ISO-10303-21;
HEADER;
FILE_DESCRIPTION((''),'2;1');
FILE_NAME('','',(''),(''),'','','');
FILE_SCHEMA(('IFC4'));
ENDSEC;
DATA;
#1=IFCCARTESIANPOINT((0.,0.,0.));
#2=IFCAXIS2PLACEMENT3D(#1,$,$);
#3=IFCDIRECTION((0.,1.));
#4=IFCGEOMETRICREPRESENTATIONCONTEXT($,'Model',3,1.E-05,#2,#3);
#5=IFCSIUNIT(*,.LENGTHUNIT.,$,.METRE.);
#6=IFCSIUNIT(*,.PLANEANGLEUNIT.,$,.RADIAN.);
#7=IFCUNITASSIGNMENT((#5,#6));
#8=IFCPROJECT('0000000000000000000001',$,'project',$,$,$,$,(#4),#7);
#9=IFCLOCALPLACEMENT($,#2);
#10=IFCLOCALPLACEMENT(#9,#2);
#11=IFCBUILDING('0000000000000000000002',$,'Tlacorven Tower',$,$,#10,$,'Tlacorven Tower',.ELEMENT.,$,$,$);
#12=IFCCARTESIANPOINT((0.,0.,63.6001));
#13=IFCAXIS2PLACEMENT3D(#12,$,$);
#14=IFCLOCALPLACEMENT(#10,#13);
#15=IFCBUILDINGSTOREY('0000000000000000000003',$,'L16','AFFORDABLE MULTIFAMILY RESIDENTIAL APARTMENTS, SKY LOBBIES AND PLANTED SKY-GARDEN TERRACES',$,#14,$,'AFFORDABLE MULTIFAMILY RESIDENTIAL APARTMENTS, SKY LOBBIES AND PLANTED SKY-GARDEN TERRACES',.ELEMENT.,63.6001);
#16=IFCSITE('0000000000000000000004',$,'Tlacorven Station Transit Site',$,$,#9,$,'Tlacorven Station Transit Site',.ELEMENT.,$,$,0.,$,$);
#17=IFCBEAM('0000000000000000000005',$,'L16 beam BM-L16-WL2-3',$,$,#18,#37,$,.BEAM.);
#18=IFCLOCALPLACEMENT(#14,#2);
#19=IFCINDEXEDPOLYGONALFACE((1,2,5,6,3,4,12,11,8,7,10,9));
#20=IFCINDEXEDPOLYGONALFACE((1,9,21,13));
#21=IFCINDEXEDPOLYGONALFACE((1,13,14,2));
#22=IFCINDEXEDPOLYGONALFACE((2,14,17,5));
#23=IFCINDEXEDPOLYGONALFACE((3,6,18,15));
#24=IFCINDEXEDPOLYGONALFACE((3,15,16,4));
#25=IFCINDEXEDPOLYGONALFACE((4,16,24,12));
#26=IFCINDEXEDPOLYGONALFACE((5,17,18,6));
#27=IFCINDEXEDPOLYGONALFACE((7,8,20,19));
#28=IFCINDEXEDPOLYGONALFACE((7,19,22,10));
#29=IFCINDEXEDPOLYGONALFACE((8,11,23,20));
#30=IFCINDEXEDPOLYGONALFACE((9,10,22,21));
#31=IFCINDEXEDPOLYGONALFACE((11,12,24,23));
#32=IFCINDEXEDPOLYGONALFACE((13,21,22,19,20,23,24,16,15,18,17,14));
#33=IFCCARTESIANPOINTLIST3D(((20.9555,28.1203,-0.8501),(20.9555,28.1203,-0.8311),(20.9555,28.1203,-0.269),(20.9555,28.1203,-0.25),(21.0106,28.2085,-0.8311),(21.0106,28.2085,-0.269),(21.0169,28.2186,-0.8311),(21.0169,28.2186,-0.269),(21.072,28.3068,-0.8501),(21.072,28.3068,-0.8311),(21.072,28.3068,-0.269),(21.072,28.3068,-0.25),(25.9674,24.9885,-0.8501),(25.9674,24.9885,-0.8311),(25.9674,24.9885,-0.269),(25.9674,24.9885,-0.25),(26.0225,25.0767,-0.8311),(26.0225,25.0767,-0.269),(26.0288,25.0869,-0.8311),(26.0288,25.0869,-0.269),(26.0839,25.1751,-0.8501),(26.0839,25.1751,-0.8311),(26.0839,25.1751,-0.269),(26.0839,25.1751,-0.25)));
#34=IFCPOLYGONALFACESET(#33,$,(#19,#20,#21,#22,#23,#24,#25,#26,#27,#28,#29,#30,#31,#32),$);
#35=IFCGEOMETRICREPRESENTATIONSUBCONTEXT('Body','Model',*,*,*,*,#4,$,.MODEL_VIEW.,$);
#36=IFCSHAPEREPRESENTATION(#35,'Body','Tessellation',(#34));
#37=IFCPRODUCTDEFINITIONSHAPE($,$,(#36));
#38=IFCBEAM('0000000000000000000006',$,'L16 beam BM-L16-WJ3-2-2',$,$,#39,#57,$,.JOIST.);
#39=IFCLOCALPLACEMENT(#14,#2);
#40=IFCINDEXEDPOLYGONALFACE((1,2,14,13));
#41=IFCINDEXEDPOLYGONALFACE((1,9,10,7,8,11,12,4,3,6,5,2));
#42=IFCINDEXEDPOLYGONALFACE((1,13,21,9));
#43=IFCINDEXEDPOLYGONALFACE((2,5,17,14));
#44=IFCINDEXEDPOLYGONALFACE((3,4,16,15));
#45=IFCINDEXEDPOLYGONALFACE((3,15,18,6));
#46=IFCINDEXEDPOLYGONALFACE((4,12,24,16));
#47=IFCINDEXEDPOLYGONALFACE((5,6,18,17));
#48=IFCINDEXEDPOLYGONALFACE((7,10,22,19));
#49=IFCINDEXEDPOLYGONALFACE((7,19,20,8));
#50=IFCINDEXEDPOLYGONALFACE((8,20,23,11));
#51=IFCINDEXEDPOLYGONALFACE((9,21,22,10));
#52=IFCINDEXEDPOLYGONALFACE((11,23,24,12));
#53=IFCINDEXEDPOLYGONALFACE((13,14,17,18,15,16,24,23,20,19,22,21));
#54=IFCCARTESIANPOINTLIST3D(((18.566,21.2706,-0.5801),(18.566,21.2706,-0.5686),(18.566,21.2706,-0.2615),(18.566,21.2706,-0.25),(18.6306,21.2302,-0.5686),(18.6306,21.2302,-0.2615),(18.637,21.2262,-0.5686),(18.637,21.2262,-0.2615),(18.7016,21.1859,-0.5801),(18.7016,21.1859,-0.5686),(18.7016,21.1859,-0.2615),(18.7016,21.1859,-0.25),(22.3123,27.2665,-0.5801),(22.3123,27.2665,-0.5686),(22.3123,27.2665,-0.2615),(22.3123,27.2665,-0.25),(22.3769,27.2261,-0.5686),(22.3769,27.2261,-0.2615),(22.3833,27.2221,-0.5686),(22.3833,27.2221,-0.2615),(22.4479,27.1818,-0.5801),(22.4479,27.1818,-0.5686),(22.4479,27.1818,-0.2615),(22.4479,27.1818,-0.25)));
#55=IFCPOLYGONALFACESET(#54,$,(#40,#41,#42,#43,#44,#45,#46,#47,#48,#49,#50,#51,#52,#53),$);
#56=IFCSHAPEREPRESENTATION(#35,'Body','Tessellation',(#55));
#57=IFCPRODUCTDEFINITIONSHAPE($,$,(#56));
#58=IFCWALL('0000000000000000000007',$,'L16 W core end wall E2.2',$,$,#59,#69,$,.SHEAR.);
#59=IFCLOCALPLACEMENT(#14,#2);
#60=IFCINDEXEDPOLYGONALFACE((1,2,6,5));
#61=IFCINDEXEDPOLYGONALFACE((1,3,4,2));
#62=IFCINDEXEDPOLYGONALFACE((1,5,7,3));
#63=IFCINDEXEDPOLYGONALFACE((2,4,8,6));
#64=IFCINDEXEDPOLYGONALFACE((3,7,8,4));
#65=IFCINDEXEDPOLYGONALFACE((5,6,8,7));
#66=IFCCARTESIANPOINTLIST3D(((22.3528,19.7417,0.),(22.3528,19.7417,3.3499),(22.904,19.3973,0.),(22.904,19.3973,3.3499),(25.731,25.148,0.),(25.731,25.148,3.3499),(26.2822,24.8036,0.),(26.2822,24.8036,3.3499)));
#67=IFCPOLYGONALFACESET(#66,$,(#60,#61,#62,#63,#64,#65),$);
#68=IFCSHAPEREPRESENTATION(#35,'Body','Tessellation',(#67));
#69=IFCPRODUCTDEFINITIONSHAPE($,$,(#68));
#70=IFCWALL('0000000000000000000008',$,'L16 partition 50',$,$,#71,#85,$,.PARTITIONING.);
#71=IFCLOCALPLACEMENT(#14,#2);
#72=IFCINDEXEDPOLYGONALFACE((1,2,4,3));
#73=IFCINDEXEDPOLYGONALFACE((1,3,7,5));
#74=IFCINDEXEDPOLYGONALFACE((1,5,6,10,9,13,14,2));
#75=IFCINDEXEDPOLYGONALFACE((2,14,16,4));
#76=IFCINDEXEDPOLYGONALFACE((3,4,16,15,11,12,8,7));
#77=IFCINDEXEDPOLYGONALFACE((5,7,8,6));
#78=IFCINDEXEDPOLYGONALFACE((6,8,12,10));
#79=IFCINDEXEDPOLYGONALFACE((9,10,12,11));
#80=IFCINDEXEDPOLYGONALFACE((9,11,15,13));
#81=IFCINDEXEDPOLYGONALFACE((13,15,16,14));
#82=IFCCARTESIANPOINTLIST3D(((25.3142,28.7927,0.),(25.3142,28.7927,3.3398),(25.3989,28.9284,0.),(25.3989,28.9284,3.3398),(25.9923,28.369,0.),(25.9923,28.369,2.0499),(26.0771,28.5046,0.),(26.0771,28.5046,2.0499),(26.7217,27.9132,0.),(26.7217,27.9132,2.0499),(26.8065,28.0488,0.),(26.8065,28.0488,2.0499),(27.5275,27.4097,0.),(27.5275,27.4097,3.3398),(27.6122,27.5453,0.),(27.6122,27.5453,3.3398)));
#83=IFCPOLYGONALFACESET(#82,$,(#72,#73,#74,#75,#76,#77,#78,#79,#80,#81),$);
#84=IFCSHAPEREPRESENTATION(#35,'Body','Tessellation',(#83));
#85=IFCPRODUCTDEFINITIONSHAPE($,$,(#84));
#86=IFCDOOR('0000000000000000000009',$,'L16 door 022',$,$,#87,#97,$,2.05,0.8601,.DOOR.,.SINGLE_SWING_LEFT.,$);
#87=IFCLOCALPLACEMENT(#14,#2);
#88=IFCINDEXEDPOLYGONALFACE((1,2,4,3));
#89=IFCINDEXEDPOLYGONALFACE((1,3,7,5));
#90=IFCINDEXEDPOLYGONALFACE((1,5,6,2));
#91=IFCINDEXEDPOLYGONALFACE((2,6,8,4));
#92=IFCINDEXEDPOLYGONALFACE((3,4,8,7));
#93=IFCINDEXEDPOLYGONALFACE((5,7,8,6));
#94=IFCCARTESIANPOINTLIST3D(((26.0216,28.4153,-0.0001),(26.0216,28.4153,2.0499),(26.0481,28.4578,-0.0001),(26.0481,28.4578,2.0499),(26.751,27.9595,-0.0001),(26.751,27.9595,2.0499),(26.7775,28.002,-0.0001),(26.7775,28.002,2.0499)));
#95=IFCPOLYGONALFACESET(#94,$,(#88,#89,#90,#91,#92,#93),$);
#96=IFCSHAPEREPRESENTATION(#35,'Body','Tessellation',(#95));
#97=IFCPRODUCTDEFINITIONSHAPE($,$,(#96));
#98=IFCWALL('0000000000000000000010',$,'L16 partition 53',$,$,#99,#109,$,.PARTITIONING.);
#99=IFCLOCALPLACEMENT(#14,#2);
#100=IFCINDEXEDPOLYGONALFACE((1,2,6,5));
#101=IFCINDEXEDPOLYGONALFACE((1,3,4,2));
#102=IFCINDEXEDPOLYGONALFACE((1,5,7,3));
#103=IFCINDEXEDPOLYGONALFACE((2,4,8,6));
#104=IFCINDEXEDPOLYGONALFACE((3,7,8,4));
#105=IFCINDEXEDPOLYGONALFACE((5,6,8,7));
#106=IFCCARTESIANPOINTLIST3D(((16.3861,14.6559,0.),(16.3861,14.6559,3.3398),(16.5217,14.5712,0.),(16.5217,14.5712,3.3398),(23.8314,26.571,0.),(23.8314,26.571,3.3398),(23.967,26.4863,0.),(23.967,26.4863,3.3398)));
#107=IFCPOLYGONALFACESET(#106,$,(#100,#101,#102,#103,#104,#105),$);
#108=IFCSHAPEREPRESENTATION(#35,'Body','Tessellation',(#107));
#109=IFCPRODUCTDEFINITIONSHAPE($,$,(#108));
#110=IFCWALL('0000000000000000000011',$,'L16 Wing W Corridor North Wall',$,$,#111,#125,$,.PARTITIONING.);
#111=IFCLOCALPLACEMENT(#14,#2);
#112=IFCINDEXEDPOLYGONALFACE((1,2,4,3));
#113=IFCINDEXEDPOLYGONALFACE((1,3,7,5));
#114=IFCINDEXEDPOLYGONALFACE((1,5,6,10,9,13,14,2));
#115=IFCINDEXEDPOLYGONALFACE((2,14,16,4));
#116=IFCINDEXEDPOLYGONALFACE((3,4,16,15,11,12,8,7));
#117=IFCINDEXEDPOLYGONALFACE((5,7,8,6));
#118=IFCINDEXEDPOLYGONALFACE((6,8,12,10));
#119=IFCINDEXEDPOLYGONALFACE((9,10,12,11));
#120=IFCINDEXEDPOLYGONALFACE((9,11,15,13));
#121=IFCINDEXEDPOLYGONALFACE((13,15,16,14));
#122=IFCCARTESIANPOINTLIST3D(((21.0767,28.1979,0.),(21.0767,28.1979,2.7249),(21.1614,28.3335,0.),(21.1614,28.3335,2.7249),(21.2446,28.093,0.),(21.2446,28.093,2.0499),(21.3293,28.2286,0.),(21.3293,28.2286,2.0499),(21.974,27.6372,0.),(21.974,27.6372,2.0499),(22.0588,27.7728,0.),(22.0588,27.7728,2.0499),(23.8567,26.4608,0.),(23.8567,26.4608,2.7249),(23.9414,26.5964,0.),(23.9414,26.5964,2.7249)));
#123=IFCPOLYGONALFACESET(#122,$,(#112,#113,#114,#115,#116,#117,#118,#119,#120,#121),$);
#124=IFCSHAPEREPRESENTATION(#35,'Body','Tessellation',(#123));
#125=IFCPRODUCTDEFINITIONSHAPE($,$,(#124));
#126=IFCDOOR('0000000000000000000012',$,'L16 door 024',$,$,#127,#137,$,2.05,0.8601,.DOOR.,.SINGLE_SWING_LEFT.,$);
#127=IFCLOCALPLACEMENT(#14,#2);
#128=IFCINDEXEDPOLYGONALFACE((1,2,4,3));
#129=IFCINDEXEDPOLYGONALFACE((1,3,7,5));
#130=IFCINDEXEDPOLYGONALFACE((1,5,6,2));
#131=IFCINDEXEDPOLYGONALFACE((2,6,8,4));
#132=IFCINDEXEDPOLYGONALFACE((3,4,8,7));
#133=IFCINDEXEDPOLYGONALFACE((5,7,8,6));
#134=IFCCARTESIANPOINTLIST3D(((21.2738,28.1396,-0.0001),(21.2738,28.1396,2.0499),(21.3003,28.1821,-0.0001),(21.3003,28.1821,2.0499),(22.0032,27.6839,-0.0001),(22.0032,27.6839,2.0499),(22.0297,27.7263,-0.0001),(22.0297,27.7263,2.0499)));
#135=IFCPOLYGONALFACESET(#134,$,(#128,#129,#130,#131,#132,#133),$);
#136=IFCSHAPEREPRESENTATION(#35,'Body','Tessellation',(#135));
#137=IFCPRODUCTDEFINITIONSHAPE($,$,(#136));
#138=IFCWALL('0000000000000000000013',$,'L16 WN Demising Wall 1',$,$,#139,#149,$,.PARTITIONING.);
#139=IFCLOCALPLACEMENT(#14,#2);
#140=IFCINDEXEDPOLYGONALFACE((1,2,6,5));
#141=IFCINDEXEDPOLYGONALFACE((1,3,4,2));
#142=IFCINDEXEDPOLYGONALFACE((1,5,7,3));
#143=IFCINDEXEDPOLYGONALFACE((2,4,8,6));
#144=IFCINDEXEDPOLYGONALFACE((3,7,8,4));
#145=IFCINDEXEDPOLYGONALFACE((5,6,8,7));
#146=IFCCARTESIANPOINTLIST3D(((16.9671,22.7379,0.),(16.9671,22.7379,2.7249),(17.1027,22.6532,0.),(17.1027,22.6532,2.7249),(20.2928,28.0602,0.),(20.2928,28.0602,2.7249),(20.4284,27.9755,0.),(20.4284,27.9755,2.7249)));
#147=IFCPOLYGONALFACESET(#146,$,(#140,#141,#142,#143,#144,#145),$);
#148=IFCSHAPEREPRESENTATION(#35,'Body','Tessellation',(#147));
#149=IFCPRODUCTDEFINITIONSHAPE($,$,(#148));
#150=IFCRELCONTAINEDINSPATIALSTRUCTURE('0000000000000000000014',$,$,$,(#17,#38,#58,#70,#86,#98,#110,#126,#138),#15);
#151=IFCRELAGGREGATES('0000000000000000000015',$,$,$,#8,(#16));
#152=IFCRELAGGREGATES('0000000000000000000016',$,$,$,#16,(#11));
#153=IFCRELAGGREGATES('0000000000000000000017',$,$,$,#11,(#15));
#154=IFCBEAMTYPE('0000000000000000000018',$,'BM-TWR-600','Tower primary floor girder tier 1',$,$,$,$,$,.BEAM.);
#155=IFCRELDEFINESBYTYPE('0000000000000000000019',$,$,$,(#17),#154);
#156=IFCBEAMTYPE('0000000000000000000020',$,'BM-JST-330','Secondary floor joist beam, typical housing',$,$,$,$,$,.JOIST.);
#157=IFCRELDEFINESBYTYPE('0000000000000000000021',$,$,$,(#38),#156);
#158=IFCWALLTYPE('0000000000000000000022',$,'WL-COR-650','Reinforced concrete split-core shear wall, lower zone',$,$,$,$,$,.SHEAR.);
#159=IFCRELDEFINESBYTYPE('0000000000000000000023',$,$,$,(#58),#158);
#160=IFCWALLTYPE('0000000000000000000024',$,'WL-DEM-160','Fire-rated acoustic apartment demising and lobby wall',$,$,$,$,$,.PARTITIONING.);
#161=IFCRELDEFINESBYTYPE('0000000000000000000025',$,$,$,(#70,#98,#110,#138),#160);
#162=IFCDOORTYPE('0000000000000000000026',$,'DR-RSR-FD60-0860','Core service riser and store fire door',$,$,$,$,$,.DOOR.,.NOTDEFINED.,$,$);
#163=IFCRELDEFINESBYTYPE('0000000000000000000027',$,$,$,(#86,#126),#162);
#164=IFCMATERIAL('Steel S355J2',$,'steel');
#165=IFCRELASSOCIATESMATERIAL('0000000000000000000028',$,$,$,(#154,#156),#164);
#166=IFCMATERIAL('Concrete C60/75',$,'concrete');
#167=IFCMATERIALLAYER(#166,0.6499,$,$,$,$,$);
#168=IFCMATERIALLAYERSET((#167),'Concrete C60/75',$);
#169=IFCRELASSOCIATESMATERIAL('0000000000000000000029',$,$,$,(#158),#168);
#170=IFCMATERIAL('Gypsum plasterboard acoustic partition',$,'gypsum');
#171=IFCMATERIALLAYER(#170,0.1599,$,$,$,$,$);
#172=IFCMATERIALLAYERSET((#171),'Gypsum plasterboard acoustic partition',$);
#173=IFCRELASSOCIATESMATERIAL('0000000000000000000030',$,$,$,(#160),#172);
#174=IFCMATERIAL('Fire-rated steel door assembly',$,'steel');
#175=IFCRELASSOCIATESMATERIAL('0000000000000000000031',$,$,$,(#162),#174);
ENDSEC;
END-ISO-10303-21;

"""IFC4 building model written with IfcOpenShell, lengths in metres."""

from ifc_helpers import new_model, si_unit, direction, frame, frame_2d, origin, origin_2d, place, context, subcontext, project, spatial, rectangle, i_section, extrude, source, transform, mapped, material, layer, layer_set, material_profile, profile_set, type_object, element, fill, save


model = new_model("IFC4")

# Units and contexts
model_context = context("Model", 3, precision=1e-05, world=origin(), true_north=direction((0.0, 1.0)))
body_context = subcontext(model_context, "Body", "Model", "MODEL_VIEW")
ifc_project = project(units=[si_unit("LENGTHUNIT", "METRE"), si_unit("PLANEANGLEUNIT", "RADIAN")], contexts=[model_context])

# Site, building, storey
site_placement = place(None, origin())
site = spatial("IfcSite", under=ifc_project, at=site_placement, Name="Tlacorven Station Transit Site", LongName="Tlacorven Station Transit Site", CompositionType="ELEMENT", RefElevation=0.0)
building_placement = place(site_placement, origin())
building = spatial("IfcBuilding", under=site, at=building_placement, Name="Tlacorven Tower", LongName="Tlacorven Tower", CompositionType="ELEMENT")
storey_placement = place(building_placement, frame((0.0, 0.0, 63.6001)))
storey = spatial("IfcBuildingStorey", under=building, at=storey_placement, Name="L16", Description="AFFORDABLE MULTIFAMILY RESIDENTIAL APARTMENTS, SKY LOBBIES AND PLANTED SKY-GARDEN TERRACES", LongName="AFFORDABLE MULTIFAMILY RESIDENTIAL APARTMENTS, SKY LOBBIES AND PLANTED SKY-GARDEN TERRACES", CompositionType="ELEMENT", Elevation=63.6001)

# Beams
ifc_material_1 = material(Name="Steel S355J2", Category="steel")
ifc_material_profile_1 = material_profile(ifc_material_1, i_section(OverallWidth=0.22, OverallDepth=0.6001, WebThickness=0.012, FlangeThickness=0.019, at=origin_2d()), Name="IPE 600")
ifc_profile_set_1 = profile_set([ifc_material_profile_1], Name="Steel S355J2")
beam_type_1 = type_object("IfcBeamType", Name="BM-TWR-600", Description="Tower primary floor girder tier 1", PredefinedType="BEAM", material=ifc_profile_set_1)
shared_shape_1 = source(origin(), body_context, "Body", "SweptSolid", [
    extrude(i_section(OverallWidth=0.22, OverallDepth=0.6001, WebThickness=0.012, FlangeThickness=0.019, at=origin_2d()), origin(), (0.0, 0.0, 1.0), 5.9099),
])
beam_1_placement = place(storey_placement, frame((26.0256, 25.0818, -0.55), z_axis=(-0.848047, 0.529921, 0.0), x_axis=(-0.529921, -0.848047, 0.0)))
element("IfcBeam", 1, at=beam_1_placement, inside=storey, type_object=beam_type_1, Name="L16 beam BM-L16-WL2-3", PredefinedType="BEAM", context=body_context, shape_type="MappedRepresentation", body=[
    mapped(shared_shape_1, transform((0.0, 0.0, 0.0), scale=1.0)),
])
ifc_material_profile_2 = material_profile(ifc_material_1, i_section(OverallWidth=0.1599, OverallDepth=0.3301, WebThickness=0.0076, FlangeThickness=0.0115, at=origin_2d()), Name="IPE 330")
ifc_profile_set_2 = profile_set([ifc_material_profile_2], Name="Steel S355J2")
beam_type_2 = type_object("IfcBeamType", Name="BM-JST-330", Description="Secondary floor joist beam, typical housing", PredefinedType="JOIST", material=ifc_profile_set_2)
shared_shape_2 = source(origin(), body_context, "Body", "SweptSolid", [
    extrude(i_section(OverallWidth=0.1599, OverallDepth=0.3301, WebThickness=0.0076, FlangeThickness=0.0115, at=origin_2d()), origin(), (0.0, 0.0, 1.0), 7.0701),
])
beam_2_placement = place(storey_placement, frame((22.3801, 27.2241, -0.415), z_axis=(-0.52989, -0.848066, 0.0), x_axis=(0.848066, -0.52989, 0.0)))
element("IfcBeam", 2, at=beam_2_placement, inside=storey, type_object=beam_type_2, Name="L16 beam BM-L16-WJ3-2-2", PredefinedType="JOIST", context=body_context, shape_type="MappedRepresentation", body=[
    mapped(shared_shape_2, transform((0.0, 0.0, 0.0), scale=1.0)),
])

# Wall
ifc_material_2 = material(Name="Concrete C60/75", Category="concrete")
ifc_layer_1 = layer(ifc_material_2, 0.6499)
ifc_layer_set_1 = layer_set([ifc_layer_1], Name="Concrete C60/75")
wall_type_1 = type_object("IfcWallType", Name="WL-COR-650", Description="Reinforced concrete split-core shear wall, lower zone", PredefinedType="SHEAR", material=ifc_layer_set_1)
wall_1_placement = place(storey_placement, frame((26.0066, 24.9758, 0.0), z_axis=(0.0, 0.0, 1.0), x_axis=(-0.529916, -0.84805, 0.0)))
element("IfcWall", 3, at=wall_1_placement, inside=storey, type_object=wall_type_1, Name="L16 W core end wall E2.2", PredefinedType="SHEAR", context=body_context, shape_type="SweptSolid", body=[
    extrude(rectangle(XDim=6.375, YDim=0.6499, at=frame_2d((3.1875, 0.0))), origin(), (0.0, 0.0, 1.0), 3.3499),
])

# Wall, opening, door
ifc_material_3 = material(Name="Gypsum plasterboard acoustic partition", Category="gypsum")
ifc_layer_2 = layer(ifc_material_3, 0.1599)
ifc_layer_set_2 = layer_set([ifc_layer_2], Name="Gypsum plasterboard acoustic partition")
wall_type_2 = type_object("IfcWallType", Name="WL-DEM-160", Description="Fire-rated acoustic apartment demising and lobby wall", PredefinedType="PARTITIONING", material=ifc_layer_set_2)
wall_2_placement = place(storey_placement, frame((27.5698, 27.4775, 0.0), z_axis=(0.0, 0.0, 1.0), x_axis=(-0.848051, 0.529915, 0.0)))
wall_2 = element("IfcWall", 4, at=wall_2_placement, inside=storey, type_object=wall_type_2, Name="L16 partition 50", PredefinedType="PARTITIONING", context=body_context, shape_type="SweptSolid", body=[
    extrude(rectangle(XDim=2.6099, YDim=0.1599, at=frame_2d((1.3049, 0.0))), origin(), (0.0, 0.0, 1.0), 3.3398),
])
opening_1_placement = place(wall_2_placement, frame((0.95, 0.0, 0.0)))
opening_1 = element("IfcOpeningElement", 5, at=opening_1_placement, cuts=wall_2, PredefinedType="OPENING", context=body_context, shape_type="SweptSolid", body=[
    extrude(rectangle(XDim=0.8601, YDim=2.05, at=frame_2d((0.4302, 1.0249))), frame((0.0, 0.0898, 0.0), z_axis=(0.0, -1.0, 0.0), x_axis=(1.0, 0.0, 0.0)), (0.0, 0.0, 1.0), 0.1799),
])
ifc_material_4 = material(Name="Fire-rated steel door assembly", Category="steel")
door_type_1 = type_object("IfcDoorType", Name="DR-RSR-FD60-0860", Description="Core service riser and store fire door", OperationType="NOTDEFINED", PredefinedType="DOOR", material=ifc_material_4)
shared_shape_3 = source(origin(), body_context, "Body", "SweptSolid", [
    extrude(rectangle(XDim=0.8601, YDim=2.05, at=frame_2d((0.4302, 1.0249))), frame((0.0, 0.0249, 0.0), z_axis=(0.0, -1.0, 0.0), x_axis=(1.0, 0.0, 0.0)), (0.0, 0.0, 1.0), 0.05),
])
door_1_placement = place(opening_1_placement, frame((0.8601, 0.0, 0.0), z_axis=(0.0, 0.0, 1.0), x_axis=(-1.0, 0.0, 0.0)))
door_1 = element("IfcDoor", 6, at=door_1_placement, inside=storey, type_object=door_type_1, Name="L16 door 022", OperationType="SINGLE_SWING_LEFT", OverallHeight=2.05, OverallWidth=0.8601, PredefinedType="DOOR", context=body_context, shape_type="MappedRepresentation", body=[
    mapped(shared_shape_3, transform((0.0, 0.0, 0.0), scale=1.0)),
])
fill(opening_1, door_1)

# Wall
wall_3_placement = place(storey_placement, frame((23.8992, 26.5286, 0.0), z_axis=(0.0, 0.0, 1.0), x_axis=(-0.529918, -0.848049, 0.0)))
element("IfcWall", 7, at=wall_3_placement, inside=storey, type_object=wall_type_2, Name="L16 partition 53", PredefinedType="PARTITIONING", context=body_context, shape_type="SweptSolid", body=[
    extrude(rectangle(XDim=14.05, YDim=0.1599, at=frame_2d((7.0249, 0.0))), origin(), (0.0, 0.0, 1.0), 3.3398),
])

# Wall, opening, door
wall_4_placement = place(storey_placement, frame((23.8992, 26.5286, 0.0), z_axis=(0.0, 0.0, 1.0), x_axis=(-0.848061, 0.529899, 0.0)))
wall_4 = element("IfcWall", 8, at=wall_4_placement, inside=storey, type_object=wall_type_2, Name="L16 Wing W Corridor North Wall", PredefinedType="PARTITIONING", context=body_context, shape_type="SweptSolid", body=[
    extrude(rectangle(XDim=3.2781, YDim=0.1599, at=frame_2d((1.6392, 0.0))), origin(), (0.0, 0.0, 1.0), 2.7249),
])
opening_2_placement = place(wall_4_placement, frame((2.22, 0.0, 0.0)))
opening_2 = element("IfcOpeningElement", 9, at=opening_2_placement, cuts=wall_4, PredefinedType="OPENING", context=body_context, shape_type="SweptSolid", body=[
    extrude(rectangle(XDim=0.8601, YDim=2.05, at=frame_2d((0.4302, 1.0249))), frame((0.0, 0.0898, 0.0), z_axis=(0.0, -1.0, 0.0), x_axis=(1.0, 0.0, 0.0)), (0.0, 0.0, 1.0), 0.1799),
])
door_2_placement = place(opening_2_placement, origin())
door_2 = element("IfcDoor", 10, at=door_2_placement, inside=storey, type_object=door_type_1, Name="L16 door 024", OperationType="SINGLE_SWING_LEFT", OverallHeight=2.05, OverallWidth=0.8601, PredefinedType="DOOR", context=body_context, shape_type="MappedRepresentation", body=[
    mapped(shared_shape_3, transform((0.0, 0.0, 0.0), scale=1.0)),
])
fill(opening_2, door_2)

# Wall
wall_5_placement = place(storey_placement, frame((20.3606, 28.0178, 0.0), z_axis=(0.0, 0.0, 1.0), x_axis=(-0.529915, -0.848051, 0.0)))
element("IfcWall", 11, at=wall_5_placement, inside=storey, type_object=wall_type_2, Name="L16 WN Demising Wall 1", PredefinedType="PARTITIONING", context=body_context, shape_type="SweptSolid", body=[
    extrude(rectangle(XDim=6.2759, YDim=0.1599, at=frame_2d((3.1379, 0.0))), origin(), (0.0, 0.0, 1.0), 2.7249),
])

save(model, "model.ifc")
